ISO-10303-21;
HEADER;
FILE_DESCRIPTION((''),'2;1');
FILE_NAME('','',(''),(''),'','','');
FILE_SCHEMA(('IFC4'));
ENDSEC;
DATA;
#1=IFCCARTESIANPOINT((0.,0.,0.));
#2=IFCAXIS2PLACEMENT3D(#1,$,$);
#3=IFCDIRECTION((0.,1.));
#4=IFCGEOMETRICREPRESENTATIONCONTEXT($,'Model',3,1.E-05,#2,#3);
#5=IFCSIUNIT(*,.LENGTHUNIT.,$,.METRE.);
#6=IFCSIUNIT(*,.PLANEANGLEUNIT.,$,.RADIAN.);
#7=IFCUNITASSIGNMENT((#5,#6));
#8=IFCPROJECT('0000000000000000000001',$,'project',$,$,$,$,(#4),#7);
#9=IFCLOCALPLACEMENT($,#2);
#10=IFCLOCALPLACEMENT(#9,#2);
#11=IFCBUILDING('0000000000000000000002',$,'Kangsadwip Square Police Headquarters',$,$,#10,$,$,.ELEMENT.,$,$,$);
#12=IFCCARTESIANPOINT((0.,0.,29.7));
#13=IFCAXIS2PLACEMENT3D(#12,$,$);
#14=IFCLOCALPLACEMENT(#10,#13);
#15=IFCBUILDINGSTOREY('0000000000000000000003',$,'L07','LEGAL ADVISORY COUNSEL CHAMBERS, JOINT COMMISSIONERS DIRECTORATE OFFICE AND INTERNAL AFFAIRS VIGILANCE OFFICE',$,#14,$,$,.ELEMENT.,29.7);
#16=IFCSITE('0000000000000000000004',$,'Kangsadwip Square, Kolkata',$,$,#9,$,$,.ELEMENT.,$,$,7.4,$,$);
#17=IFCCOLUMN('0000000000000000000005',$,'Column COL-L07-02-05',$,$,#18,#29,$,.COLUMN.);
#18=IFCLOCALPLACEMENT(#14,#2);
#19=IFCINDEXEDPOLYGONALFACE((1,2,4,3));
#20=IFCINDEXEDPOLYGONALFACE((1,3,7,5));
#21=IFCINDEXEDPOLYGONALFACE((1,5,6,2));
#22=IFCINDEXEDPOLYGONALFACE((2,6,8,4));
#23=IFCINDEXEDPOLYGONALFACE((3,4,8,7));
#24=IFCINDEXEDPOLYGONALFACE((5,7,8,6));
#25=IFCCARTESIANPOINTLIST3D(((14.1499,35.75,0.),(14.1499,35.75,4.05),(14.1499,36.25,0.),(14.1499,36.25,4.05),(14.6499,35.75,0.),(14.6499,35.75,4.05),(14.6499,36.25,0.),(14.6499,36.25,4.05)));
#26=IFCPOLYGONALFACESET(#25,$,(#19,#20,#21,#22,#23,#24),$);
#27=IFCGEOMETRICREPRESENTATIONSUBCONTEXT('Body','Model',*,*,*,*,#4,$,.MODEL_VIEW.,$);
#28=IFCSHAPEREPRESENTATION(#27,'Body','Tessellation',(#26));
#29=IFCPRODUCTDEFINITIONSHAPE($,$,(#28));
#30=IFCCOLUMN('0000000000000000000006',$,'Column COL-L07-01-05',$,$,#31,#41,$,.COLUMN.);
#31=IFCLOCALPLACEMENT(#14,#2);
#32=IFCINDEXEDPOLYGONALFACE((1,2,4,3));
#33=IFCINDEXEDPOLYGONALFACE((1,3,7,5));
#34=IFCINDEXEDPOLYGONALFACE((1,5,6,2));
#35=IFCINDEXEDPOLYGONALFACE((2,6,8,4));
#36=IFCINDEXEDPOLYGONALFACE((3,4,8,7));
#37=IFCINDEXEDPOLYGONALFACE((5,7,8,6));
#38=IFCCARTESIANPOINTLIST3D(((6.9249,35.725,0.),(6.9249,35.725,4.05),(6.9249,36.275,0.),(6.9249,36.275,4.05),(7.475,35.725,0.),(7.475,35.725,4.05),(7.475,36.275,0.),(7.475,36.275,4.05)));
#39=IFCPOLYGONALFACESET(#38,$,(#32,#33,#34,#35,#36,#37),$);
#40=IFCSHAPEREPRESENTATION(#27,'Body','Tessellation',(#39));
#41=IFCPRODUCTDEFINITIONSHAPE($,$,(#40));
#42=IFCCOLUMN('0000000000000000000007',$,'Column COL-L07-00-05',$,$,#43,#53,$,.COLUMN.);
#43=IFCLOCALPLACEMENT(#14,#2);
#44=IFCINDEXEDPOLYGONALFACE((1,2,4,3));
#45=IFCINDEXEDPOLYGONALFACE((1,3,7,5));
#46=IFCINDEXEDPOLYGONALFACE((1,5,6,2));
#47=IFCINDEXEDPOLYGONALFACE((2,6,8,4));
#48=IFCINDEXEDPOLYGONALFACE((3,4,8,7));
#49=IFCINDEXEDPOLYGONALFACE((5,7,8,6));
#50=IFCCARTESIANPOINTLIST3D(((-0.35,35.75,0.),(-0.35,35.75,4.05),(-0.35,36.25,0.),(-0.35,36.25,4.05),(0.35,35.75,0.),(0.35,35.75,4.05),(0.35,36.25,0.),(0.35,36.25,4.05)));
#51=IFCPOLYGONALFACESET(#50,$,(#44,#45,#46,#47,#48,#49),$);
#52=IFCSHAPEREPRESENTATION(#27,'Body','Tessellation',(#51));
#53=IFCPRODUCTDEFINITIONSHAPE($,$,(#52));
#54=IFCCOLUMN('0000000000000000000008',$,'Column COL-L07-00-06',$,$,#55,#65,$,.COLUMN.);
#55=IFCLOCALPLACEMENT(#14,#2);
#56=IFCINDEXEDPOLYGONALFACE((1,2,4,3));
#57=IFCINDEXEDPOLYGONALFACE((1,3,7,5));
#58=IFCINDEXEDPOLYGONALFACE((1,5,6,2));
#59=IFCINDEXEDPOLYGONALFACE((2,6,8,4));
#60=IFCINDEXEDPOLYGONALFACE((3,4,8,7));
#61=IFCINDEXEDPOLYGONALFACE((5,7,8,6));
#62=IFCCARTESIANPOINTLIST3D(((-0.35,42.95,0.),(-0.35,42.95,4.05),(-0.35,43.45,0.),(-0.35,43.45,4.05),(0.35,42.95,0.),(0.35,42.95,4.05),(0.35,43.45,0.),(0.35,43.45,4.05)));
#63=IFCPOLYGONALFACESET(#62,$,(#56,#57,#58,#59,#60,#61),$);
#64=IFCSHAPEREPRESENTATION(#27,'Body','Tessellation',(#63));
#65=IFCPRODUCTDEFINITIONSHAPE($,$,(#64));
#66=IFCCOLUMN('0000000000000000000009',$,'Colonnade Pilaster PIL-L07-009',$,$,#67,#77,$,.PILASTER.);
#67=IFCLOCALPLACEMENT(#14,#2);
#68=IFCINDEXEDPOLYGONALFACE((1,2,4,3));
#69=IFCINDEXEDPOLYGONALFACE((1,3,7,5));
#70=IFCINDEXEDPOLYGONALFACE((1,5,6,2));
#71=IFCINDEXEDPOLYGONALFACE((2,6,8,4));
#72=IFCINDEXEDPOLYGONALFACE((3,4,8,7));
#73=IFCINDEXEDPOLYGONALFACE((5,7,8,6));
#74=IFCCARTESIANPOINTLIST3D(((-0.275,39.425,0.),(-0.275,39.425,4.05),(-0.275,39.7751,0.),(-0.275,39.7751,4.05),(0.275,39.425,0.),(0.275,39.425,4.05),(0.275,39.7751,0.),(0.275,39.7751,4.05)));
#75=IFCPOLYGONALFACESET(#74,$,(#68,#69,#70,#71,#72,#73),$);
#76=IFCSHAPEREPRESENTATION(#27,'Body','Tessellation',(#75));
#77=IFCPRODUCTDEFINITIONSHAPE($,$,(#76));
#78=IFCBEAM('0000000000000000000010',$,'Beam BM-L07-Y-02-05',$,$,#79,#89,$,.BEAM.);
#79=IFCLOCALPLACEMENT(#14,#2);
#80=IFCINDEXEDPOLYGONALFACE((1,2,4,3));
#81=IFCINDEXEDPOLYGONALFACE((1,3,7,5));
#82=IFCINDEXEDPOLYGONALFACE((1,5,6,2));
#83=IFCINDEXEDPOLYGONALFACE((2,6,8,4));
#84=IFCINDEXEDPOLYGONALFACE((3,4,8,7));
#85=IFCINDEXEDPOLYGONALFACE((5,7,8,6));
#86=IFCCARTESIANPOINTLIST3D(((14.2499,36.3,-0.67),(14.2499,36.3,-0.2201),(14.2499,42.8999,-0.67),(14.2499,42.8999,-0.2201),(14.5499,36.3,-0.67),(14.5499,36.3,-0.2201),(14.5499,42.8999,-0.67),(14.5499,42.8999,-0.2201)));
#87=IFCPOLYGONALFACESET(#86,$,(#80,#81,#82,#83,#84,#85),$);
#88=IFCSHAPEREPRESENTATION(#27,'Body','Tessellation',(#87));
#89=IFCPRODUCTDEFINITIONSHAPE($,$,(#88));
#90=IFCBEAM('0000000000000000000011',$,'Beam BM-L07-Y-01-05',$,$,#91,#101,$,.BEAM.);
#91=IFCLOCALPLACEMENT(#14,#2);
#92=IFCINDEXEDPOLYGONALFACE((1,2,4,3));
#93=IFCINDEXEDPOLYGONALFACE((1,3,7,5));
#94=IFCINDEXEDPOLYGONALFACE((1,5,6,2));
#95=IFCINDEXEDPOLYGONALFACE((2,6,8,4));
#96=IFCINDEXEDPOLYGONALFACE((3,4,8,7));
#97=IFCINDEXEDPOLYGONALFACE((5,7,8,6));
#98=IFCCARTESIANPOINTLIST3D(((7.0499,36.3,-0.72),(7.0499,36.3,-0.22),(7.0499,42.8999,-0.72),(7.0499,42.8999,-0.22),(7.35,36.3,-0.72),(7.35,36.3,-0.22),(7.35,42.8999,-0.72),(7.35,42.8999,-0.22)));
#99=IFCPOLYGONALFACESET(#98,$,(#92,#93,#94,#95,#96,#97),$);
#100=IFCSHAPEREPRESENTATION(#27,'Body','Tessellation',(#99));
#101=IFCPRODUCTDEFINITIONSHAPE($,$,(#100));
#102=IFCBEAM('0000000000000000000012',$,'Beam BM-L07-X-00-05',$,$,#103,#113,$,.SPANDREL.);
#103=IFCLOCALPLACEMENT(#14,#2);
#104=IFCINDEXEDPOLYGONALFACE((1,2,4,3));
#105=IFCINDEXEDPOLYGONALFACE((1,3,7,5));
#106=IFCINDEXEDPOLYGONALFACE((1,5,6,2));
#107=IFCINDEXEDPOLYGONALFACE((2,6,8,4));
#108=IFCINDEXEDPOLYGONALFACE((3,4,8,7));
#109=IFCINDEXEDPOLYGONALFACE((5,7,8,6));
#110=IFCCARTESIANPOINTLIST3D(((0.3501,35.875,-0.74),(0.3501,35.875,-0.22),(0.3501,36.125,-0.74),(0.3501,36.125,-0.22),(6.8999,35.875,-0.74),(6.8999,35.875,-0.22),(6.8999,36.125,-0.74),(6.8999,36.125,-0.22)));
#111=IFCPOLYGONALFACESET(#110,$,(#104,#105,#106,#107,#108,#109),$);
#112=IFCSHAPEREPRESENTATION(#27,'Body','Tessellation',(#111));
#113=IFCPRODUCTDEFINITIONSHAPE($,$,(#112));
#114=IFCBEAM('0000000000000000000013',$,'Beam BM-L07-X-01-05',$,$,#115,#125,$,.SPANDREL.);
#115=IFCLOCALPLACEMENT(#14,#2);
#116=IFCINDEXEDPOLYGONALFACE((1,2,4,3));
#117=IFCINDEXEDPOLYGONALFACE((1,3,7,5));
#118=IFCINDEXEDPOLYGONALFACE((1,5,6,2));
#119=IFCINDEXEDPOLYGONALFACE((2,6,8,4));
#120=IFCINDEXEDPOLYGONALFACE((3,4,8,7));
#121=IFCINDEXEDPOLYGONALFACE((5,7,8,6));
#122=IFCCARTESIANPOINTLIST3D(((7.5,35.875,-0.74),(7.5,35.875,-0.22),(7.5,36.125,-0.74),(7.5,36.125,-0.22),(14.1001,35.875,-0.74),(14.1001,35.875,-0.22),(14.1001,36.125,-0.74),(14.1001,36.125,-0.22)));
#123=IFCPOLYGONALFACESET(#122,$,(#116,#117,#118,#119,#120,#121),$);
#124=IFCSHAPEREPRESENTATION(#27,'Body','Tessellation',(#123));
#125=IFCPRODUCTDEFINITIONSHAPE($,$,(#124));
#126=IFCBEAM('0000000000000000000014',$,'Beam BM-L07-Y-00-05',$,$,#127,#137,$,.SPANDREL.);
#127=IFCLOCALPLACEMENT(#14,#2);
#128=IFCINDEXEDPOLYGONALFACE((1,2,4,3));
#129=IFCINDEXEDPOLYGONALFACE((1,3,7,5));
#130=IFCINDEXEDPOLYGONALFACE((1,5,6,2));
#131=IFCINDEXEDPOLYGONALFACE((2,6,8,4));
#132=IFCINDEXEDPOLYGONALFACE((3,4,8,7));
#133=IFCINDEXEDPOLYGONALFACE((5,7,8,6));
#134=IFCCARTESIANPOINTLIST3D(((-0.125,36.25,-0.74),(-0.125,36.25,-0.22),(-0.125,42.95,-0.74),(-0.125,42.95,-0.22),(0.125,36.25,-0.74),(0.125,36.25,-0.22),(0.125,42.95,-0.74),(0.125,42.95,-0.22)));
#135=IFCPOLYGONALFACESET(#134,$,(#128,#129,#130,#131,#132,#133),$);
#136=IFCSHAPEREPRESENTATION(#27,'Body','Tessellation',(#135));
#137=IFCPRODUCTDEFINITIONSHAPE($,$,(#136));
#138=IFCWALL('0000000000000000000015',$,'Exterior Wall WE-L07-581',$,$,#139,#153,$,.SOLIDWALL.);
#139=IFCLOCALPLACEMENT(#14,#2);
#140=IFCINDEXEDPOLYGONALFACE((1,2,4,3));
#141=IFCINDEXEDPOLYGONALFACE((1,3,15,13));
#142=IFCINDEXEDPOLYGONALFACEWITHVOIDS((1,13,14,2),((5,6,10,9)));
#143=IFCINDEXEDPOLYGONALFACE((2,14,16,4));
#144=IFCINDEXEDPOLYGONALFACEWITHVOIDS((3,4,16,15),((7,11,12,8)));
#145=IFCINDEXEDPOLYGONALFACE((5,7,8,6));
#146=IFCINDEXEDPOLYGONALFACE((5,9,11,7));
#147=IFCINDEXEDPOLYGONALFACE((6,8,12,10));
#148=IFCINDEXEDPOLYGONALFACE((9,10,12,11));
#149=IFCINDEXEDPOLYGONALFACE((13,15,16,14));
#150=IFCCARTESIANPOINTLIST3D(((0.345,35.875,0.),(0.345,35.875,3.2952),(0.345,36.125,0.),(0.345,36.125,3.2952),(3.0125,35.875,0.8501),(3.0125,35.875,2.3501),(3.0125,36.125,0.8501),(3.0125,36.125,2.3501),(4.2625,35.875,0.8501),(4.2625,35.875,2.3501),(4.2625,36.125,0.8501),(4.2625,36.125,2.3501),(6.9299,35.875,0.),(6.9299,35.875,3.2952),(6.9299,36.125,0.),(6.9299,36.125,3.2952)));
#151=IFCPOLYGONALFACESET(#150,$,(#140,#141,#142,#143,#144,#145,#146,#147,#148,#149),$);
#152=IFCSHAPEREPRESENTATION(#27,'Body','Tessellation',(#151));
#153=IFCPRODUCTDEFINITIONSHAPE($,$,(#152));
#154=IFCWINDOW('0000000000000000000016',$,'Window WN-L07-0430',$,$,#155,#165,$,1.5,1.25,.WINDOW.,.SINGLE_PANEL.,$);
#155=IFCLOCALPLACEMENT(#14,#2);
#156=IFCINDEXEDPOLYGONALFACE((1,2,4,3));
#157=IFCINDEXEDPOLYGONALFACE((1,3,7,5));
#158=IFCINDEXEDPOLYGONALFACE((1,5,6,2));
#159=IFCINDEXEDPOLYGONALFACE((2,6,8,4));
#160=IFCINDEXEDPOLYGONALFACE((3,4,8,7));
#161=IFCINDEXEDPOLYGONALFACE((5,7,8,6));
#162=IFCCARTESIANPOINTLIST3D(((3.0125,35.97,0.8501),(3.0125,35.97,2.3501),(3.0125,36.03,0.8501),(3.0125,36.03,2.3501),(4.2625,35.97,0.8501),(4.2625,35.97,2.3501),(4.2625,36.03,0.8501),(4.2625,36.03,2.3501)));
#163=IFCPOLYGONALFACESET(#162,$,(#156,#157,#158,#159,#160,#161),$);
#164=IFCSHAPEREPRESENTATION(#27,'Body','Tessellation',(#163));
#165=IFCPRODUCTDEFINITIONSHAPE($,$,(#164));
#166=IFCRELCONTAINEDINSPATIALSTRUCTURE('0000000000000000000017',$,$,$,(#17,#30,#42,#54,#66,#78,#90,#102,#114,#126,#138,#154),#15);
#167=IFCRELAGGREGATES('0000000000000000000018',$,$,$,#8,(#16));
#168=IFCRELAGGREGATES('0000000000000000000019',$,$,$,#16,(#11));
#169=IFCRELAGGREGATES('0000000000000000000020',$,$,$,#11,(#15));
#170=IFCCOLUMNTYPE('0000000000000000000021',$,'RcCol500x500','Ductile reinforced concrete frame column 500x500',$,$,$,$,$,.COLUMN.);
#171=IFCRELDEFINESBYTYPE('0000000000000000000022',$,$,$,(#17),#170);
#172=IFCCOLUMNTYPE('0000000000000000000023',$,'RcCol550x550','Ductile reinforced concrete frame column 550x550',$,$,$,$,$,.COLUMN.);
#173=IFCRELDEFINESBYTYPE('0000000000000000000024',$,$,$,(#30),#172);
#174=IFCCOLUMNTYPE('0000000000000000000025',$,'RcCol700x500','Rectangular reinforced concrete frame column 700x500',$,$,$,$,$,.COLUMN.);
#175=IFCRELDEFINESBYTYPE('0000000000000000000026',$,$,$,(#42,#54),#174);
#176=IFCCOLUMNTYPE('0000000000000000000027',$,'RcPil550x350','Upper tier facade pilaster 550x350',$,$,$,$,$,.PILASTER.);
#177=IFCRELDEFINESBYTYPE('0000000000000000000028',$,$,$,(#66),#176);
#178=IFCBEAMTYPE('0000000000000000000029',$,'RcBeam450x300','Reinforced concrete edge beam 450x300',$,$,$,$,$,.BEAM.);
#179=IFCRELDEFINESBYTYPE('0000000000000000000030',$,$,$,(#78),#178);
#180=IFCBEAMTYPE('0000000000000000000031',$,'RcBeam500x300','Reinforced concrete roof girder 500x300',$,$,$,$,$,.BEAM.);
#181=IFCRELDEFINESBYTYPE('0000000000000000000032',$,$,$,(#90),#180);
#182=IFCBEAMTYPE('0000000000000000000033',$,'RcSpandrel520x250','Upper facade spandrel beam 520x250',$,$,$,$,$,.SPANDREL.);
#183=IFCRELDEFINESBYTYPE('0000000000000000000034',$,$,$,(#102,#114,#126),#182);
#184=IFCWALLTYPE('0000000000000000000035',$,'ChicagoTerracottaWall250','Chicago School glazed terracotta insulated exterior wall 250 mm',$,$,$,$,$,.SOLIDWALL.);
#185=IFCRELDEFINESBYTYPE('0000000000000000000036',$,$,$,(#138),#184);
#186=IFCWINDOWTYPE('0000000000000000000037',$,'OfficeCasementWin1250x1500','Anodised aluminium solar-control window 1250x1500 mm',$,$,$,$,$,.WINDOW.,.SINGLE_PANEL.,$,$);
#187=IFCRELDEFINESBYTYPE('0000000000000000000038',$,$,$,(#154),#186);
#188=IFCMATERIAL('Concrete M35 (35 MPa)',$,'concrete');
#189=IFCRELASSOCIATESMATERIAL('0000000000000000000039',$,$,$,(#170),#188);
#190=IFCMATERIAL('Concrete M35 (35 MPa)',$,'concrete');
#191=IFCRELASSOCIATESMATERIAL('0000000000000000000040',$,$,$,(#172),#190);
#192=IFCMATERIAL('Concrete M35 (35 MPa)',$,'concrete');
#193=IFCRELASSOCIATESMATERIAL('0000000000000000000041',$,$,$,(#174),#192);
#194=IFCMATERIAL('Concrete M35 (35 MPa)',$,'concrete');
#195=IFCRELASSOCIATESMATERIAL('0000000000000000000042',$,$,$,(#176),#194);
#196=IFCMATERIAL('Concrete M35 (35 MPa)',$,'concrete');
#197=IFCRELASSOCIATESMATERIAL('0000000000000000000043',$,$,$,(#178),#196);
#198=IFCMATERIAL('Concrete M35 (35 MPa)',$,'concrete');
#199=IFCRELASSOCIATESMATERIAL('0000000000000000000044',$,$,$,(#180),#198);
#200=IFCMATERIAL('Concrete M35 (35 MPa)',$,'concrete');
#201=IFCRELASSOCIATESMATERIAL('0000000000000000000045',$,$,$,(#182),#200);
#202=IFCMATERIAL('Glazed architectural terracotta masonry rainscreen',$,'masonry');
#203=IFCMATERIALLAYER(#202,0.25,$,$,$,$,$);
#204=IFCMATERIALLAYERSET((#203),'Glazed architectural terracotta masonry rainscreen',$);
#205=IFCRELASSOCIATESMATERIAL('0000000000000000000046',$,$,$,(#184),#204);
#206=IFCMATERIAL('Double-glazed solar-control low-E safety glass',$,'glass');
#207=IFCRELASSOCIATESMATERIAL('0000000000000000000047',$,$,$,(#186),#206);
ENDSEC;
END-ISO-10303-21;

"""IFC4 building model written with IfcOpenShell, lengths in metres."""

from ifc_helpers import new_model, si_unit, direction, frame, frame_2d, origin, origin_2d, place, context, subcontext, project, spatial, rectangle, extrude, material, layer, layer_set, material_profile, profile_set, type_object, element, fill, save


model = new_model("IFC4")

# Units and contexts
model_context = context("Model", 3, precision=1e-05, world=origin(), true_north=direction((0.0, 1.0)))
body_context = subcontext(model_context, "Body", "Model", "MODEL_VIEW")
ifc_project = project(units=[si_unit("LENGTHUNIT", "METRE"), si_unit("PLANEANGLEUNIT", "RADIAN")], contexts=[model_context])

# Site, building, storey
site_placement = place(None, origin())
site = spatial("IfcSite", under=ifc_project, at=site_placement, Name="Kangsadwip Square, Kolkata", CompositionType="ELEMENT", RefElevation=7.4)
building_placement = place(site_placement, origin())
building = spatial("IfcBuilding", under=site, at=building_placement, Name="Kangsadwip Square Police Headquarters", CompositionType="ELEMENT")
storey_placement = place(building_placement, frame((0.0, 0.0, 29.7)))
storey = spatial("IfcBuildingStorey", under=building, at=storey_placement, Name="L07", Description="LEGAL ADVISORY COUNSEL CHAMBERS, JOINT COMMISSIONERS DIRECTORATE OFFICE AND INTERNAL AFFAIRS VIGILANCE OFFICE", CompositionType="ELEMENT", Elevation=29.7)

# Columns
ifc_material_1 = material(Name="Concrete M35 (35 MPa)", Category="concrete")
ifc_material_profile_1 = material_profile(ifc_material_1, rectangle(XDim=0.5, YDim=0.5, at=origin_2d()), Name="RC COL 500X500")
ifc_profile_set_1 = profile_set([ifc_material_profile_1], Name="Concrete M35 (35 MPa)")
column_type_1 = type_object("IfcColumnType", Name="RcCol500x500", Description="Ductile reinforced concrete frame column 500x500", PredefinedType="COLUMN", material=ifc_profile_set_1)
column_1_placement = place(storey_placement, frame((14.3999, 36.0, 0.0), z_axis=(0.0, 0.0, 1.0), x_axis=(1.0, 0.0, 0.0)))
element("IfcColumn", 1, at=column_1_placement, inside=storey, type_object=column_type_1, Name="Column COL-L07-02-05", PredefinedType="COLUMN", context=body_context, shape_type="SweptSolid", body=[
    extrude(rectangle(XDim=0.5, YDim=0.5, at=origin_2d()), origin(), (0.0, 0.0, 1.0), 4.05),
])
ifc_material_2 = material(Name="Concrete M35 (35 MPa)", Category="concrete")
ifc_material_profile_2 = material_profile(ifc_material_2, rectangle(XDim=0.55, YDim=0.55, at=origin_2d()), Name="RC COL 550X550")
ifc_profile_set_2 = profile_set([ifc_material_profile_2], Name="Concrete M35 (35 MPa)")
column_type_2 = type_object("IfcColumnType", Name="RcCol550x550", Description="Ductile reinforced concrete frame column 550x550", PredefinedType="COLUMN", material=ifc_profile_set_2)
column_2_placement = place(storey_placement, frame((7.2, 36.0, 0.0), z_axis=(0.0, 0.0, 1.0), x_axis=(1.0, 0.0, 0.0)))
element("IfcColumn", 2, at=column_2_placement, inside=storey, type_object=column_type_2, Name="Column COL-L07-01-05", PredefinedType="COLUMN", context=body_context, shape_type="SweptSolid", body=[
    extrude(rectangle(XDim=0.55, YDim=0.55, at=origin_2d()), origin(), (0.0, 0.0, 1.0), 4.05),
])
ifc_material_3 = material(Name="Concrete M35 (35 MPa)", Category="concrete")
ifc_material_profile_3 = material_profile(ifc_material_3, rectangle(XDim=0.5, YDim=0.7, at=origin_2d()), Name="RC COL 700X500")
ifc_profile_set_3 = profile_set([ifc_material_profile_3], Name="Concrete M35 (35 MPa)")
column_type_3 = type_object("IfcColumnType", Name="RcCol700x500", Description="Rectangular reinforced concrete frame column 700x500", PredefinedType="COLUMN", material=ifc_profile_set_3)
for number, where, z_axis, x_axis, name in (
    (3, (0.0, 36.0, 0.0), (0.0, 0.0, 1.0), (0.0, 1.0, 0.0), "Column COL-L07-00-05"),
    (4, (0.0, 43.2, 0.0), (0.0, 0.0, 1.0), (0.0, 1.0, 0.0), "Column COL-L07-00-06"),
):
    element("IfcColumn", number, at=place(storey_placement, frame(where, z_axis=z_axis, x_axis=x_axis)), inside=storey, type_object=column_type_3, Name=name, PredefinedType="COLUMN", context=body_context, shape_type="SweptSolid", body=[
        extrude(rectangle(XDim=0.5, YDim=0.7, at=origin_2d()), origin(), (0.0, 0.0, 1.0), 4.05),
    ])
ifc_material_4 = material(Name="Concrete M35 (35 MPa)", Category="concrete")
ifc_material_profile_4 = material_profile(ifc_material_4, rectangle(XDim=0.3501, YDim=0.55, at=origin_2d()), Name="RC PIL 550X350")
ifc_profile_set_4 = profile_set([ifc_material_profile_4], Name="Concrete M35 (35 MPa)")
column_type_4 = type_object("IfcColumnType", Name="RcPil550x350", Description="Upper tier facade pilaster 550x350", PredefinedType="PILASTER", material=ifc_profile_set_4)
column_3_placement = place(storey_placement, frame((0.0, 39.6001, 0.0), z_axis=(0.0, 0.0, 1.0), x_axis=(0.0, 1.0, 0.0)))
element("IfcColumn", 5, at=column_3_placement, inside=storey, type_object=column_type_4, Name="Colonnade Pilaster PIL-L07-009", PredefinedType="PILASTER", context=body_context, shape_type="SweptSolid", body=[
    extrude(rectangle(XDim=0.3501, YDim=0.55, at=origin_2d()), origin(), (0.0, 0.0, 1.0), 4.05),
])

# Beams
ifc_material_5 = material(Name="Concrete M35 (35 MPa)", Category="concrete")
ifc_material_profile_5 = material_profile(ifc_material_5, rectangle(XDim=0.3, YDim=0.45, at=origin_2d()), Name="RC BM 450X300")
ifc_profile_set_5 = profile_set([ifc_material_profile_5], Name="Concrete M35 (35 MPa)")
beam_type_1 = type_object("IfcBeamType", Name="RcBeam450x300", Description="Reinforced concrete edge beam 450x300", PredefinedType="BEAM", material=ifc_profile_set_5)
beam_1_placement = place(storey_placement, frame((14.3999, 36.3, -0.4451), z_axis=(0.0, 1.0, 0.0), x_axis=(-1.0, 0.0, 0.0)))
element("IfcBeam", 6, at=beam_1_placement, inside=storey, type_object=beam_type_1, Name="Beam BM-L07-Y-02-05", PredefinedType="BEAM", context=body_context, shape_type="SweptSolid", body=[
    extrude(rectangle(XDim=0.3, YDim=0.45, at=origin_2d()), origin(), (0.0, 0.0, 1.0), 6.5999),
])
ifc_material_6 = material(Name="Concrete M35 (35 MPa)", Category="concrete")
ifc_material_profile_6 = material_profile(ifc_material_6, rectangle(XDim=0.3, YDim=0.5, at=origin_2d()), Name="RC BM 500X300")
ifc_profile_set_6 = profile_set([ifc_material_profile_6], Name="Concrete M35 (35 MPa)")
beam_type_2 = type_object("IfcBeamType", Name="RcBeam500x300", Description="Reinforced concrete roof girder 500x300", PredefinedType="BEAM", material=ifc_profile_set_6)
beam_2_placement = place(storey_placement, frame((7.2, 36.3, -0.47), z_axis=(0.0, 1.0, 0.0), x_axis=(-1.0, 0.0, 0.0)))
element("IfcBeam", 7, at=beam_2_placement, inside=storey, type_object=beam_type_2, Name="Beam BM-L07-Y-01-05", PredefinedType="BEAM", context=body_context, shape_type="SweptSolid", body=[
    extrude(rectangle(XDim=0.3, YDim=0.5, at=origin_2d()), origin(), (0.0, 0.0, 1.0), 6.5999),
])
ifc_material_7 = material(Name="Concrete M35 (35 MPa)", Category="concrete")
ifc_material_profile_7 = material_profile(ifc_material_7, rectangle(XDim=0.25, YDim=0.52, at=origin_2d()), Name="RC SPN 520X250")
ifc_profile_set_7 = profile_set([ifc_material_profile_7], Name="Concrete M35 (35 MPa)")
beam_type_3 = type_object("IfcBeamType", Name="RcSpandrel520x250", Description="Upper facade spandrel beam 520x250", PredefinedType="SPANDREL", material=ifc_profile_set_7)
beam_3_placement = place(storey_placement, frame((0.3501, 36.0, -0.48), z_axis=(1.0, 0.0, 0.0), x_axis=(0.0, 1.0, 0.0)))
element("IfcBeam", 8, at=beam_3_placement, inside=storey, type_object=beam_type_3, Name="Beam BM-L07-X-00-05", PredefinedType="SPANDREL", context=body_context, shape_type="SweptSolid", body=[
    extrude(rectangle(XDim=0.25, YDim=0.52, at=origin_2d()), origin(), (0.0, 0.0, 1.0), 6.5498),
])
beam_4_placement = place(storey_placement, frame((7.5, 36.0, -0.48), z_axis=(1.0, 0.0, 0.0), x_axis=(0.0, 1.0, 0.0)))
element("IfcBeam", 9, at=beam_4_placement, inside=storey, type_object=beam_type_3, Name="Beam BM-L07-X-01-05", PredefinedType="SPANDREL", context=body_context, shape_type="SweptSolid", body=[
    extrude(rectangle(XDim=0.25, YDim=0.52, at=origin_2d()), origin(), (0.0, 0.0, 1.0), 6.6001),
])
beam_5_placement = place(storey_placement, frame((0.0, 36.25, -0.48), z_axis=(0.0, 1.0, 0.0), x_axis=(-1.0, 0.0, 0.0)))
element("IfcBeam", 10, at=beam_5_placement, inside=storey, type_object=beam_type_3, Name="Beam BM-L07-Y-00-05", PredefinedType="SPANDREL", context=body_context, shape_type="SweptSolid", body=[
    extrude(rectangle(XDim=0.25, YDim=0.52, at=origin_2d()), origin(), (0.0, 0.0, 1.0), 6.7),
])

# Wall, opening, window
ifc_material_8 = material(Name="Glazed architectural terracotta masonry rainscreen", Category="masonry")
ifc_layer_1 = layer(ifc_material_8, 0.25)
ifc_layer_set_1 = layer_set([ifc_layer_1], Name="Glazed architectural terracotta masonry rainscreen")
wall_type_1 = type_object("IfcWallType", Name="ChicagoTerracottaWall250", Description="Chicago School glazed terracotta insulated exterior wall 250 mm", PredefinedType="SOLIDWALL", material=ifc_layer_set_1)
wall_1_placement = place(storey_placement, frame((0.345, 36.0, 0.0), z_axis=(0.0, 0.0, 1.0), x_axis=(1.0, 0.0, 0.0)))
wall_1 = element("IfcWall", 11, at=wall_1_placement, inside=storey, type_object=wall_type_1, Name="Exterior Wall WE-L07-581", PredefinedType="SOLIDWALL", context=body_context, shape_type="SweptSolid", body=[
    extrude(rectangle(XDim=6.585, YDim=0.25, at=frame_2d((3.2925, 0.0))), origin(), (0.0, 0.0, 1.0), 3.2952),
])
opening_1_placement = place(wall_1_placement, frame((2.6675, 0.0, 0.8501)))
opening_1 = element("IfcOpeningElement", 12, at=opening_1_placement, cuts=wall_1, PredefinedType="OPENING", context=body_context, shape_type="SweptSolid", body=[
    extrude(rectangle(XDim=1.25, YDim=1.5, at=frame_2d((0.625, 0.75))), frame((0.0, 0.135, 0.0), z_axis=(0.0, -1.0, 0.0), x_axis=(1.0, 0.0, 0.0)), (0.0, 0.0, 1.0), 0.27),
])
ifc_material_9 = material(Name="Double-glazed solar-control low-E safety glass", Category="glass")
window_type_1 = type_object("IfcWindowType", Name="OfficeCasementWin1250x1500", Description="Anodised aluminium solar-control window 1250x1500 mm", PartitioningType="SINGLE_PANEL", PredefinedType="WINDOW", material=ifc_material_9)
window_1_placement = place(opening_1_placement, origin())
window_1 = element("IfcWindow", 13, at=window_1_placement, inside=storey, type_object=window_type_1, Name="Window WN-L07-0430", OverallHeight=1.5, OverallWidth=1.25, PartitioningType="SINGLE_PANEL", PredefinedType="WINDOW", context=body_context, shape_type="SweptSolid", body=[
    extrude(rectangle(XDim=1.25, YDim=1.5, at=frame_2d((0.625, 0.75))), frame((0.0, 0.03, 0.0), z_axis=(0.0, -1.0, 0.0), x_axis=(1.0, 0.0, 0.0)), (0.0, 0.0, 1.0), 0.0601),
])
fill(opening_1, window_1)

save(model, "model.ifc")
